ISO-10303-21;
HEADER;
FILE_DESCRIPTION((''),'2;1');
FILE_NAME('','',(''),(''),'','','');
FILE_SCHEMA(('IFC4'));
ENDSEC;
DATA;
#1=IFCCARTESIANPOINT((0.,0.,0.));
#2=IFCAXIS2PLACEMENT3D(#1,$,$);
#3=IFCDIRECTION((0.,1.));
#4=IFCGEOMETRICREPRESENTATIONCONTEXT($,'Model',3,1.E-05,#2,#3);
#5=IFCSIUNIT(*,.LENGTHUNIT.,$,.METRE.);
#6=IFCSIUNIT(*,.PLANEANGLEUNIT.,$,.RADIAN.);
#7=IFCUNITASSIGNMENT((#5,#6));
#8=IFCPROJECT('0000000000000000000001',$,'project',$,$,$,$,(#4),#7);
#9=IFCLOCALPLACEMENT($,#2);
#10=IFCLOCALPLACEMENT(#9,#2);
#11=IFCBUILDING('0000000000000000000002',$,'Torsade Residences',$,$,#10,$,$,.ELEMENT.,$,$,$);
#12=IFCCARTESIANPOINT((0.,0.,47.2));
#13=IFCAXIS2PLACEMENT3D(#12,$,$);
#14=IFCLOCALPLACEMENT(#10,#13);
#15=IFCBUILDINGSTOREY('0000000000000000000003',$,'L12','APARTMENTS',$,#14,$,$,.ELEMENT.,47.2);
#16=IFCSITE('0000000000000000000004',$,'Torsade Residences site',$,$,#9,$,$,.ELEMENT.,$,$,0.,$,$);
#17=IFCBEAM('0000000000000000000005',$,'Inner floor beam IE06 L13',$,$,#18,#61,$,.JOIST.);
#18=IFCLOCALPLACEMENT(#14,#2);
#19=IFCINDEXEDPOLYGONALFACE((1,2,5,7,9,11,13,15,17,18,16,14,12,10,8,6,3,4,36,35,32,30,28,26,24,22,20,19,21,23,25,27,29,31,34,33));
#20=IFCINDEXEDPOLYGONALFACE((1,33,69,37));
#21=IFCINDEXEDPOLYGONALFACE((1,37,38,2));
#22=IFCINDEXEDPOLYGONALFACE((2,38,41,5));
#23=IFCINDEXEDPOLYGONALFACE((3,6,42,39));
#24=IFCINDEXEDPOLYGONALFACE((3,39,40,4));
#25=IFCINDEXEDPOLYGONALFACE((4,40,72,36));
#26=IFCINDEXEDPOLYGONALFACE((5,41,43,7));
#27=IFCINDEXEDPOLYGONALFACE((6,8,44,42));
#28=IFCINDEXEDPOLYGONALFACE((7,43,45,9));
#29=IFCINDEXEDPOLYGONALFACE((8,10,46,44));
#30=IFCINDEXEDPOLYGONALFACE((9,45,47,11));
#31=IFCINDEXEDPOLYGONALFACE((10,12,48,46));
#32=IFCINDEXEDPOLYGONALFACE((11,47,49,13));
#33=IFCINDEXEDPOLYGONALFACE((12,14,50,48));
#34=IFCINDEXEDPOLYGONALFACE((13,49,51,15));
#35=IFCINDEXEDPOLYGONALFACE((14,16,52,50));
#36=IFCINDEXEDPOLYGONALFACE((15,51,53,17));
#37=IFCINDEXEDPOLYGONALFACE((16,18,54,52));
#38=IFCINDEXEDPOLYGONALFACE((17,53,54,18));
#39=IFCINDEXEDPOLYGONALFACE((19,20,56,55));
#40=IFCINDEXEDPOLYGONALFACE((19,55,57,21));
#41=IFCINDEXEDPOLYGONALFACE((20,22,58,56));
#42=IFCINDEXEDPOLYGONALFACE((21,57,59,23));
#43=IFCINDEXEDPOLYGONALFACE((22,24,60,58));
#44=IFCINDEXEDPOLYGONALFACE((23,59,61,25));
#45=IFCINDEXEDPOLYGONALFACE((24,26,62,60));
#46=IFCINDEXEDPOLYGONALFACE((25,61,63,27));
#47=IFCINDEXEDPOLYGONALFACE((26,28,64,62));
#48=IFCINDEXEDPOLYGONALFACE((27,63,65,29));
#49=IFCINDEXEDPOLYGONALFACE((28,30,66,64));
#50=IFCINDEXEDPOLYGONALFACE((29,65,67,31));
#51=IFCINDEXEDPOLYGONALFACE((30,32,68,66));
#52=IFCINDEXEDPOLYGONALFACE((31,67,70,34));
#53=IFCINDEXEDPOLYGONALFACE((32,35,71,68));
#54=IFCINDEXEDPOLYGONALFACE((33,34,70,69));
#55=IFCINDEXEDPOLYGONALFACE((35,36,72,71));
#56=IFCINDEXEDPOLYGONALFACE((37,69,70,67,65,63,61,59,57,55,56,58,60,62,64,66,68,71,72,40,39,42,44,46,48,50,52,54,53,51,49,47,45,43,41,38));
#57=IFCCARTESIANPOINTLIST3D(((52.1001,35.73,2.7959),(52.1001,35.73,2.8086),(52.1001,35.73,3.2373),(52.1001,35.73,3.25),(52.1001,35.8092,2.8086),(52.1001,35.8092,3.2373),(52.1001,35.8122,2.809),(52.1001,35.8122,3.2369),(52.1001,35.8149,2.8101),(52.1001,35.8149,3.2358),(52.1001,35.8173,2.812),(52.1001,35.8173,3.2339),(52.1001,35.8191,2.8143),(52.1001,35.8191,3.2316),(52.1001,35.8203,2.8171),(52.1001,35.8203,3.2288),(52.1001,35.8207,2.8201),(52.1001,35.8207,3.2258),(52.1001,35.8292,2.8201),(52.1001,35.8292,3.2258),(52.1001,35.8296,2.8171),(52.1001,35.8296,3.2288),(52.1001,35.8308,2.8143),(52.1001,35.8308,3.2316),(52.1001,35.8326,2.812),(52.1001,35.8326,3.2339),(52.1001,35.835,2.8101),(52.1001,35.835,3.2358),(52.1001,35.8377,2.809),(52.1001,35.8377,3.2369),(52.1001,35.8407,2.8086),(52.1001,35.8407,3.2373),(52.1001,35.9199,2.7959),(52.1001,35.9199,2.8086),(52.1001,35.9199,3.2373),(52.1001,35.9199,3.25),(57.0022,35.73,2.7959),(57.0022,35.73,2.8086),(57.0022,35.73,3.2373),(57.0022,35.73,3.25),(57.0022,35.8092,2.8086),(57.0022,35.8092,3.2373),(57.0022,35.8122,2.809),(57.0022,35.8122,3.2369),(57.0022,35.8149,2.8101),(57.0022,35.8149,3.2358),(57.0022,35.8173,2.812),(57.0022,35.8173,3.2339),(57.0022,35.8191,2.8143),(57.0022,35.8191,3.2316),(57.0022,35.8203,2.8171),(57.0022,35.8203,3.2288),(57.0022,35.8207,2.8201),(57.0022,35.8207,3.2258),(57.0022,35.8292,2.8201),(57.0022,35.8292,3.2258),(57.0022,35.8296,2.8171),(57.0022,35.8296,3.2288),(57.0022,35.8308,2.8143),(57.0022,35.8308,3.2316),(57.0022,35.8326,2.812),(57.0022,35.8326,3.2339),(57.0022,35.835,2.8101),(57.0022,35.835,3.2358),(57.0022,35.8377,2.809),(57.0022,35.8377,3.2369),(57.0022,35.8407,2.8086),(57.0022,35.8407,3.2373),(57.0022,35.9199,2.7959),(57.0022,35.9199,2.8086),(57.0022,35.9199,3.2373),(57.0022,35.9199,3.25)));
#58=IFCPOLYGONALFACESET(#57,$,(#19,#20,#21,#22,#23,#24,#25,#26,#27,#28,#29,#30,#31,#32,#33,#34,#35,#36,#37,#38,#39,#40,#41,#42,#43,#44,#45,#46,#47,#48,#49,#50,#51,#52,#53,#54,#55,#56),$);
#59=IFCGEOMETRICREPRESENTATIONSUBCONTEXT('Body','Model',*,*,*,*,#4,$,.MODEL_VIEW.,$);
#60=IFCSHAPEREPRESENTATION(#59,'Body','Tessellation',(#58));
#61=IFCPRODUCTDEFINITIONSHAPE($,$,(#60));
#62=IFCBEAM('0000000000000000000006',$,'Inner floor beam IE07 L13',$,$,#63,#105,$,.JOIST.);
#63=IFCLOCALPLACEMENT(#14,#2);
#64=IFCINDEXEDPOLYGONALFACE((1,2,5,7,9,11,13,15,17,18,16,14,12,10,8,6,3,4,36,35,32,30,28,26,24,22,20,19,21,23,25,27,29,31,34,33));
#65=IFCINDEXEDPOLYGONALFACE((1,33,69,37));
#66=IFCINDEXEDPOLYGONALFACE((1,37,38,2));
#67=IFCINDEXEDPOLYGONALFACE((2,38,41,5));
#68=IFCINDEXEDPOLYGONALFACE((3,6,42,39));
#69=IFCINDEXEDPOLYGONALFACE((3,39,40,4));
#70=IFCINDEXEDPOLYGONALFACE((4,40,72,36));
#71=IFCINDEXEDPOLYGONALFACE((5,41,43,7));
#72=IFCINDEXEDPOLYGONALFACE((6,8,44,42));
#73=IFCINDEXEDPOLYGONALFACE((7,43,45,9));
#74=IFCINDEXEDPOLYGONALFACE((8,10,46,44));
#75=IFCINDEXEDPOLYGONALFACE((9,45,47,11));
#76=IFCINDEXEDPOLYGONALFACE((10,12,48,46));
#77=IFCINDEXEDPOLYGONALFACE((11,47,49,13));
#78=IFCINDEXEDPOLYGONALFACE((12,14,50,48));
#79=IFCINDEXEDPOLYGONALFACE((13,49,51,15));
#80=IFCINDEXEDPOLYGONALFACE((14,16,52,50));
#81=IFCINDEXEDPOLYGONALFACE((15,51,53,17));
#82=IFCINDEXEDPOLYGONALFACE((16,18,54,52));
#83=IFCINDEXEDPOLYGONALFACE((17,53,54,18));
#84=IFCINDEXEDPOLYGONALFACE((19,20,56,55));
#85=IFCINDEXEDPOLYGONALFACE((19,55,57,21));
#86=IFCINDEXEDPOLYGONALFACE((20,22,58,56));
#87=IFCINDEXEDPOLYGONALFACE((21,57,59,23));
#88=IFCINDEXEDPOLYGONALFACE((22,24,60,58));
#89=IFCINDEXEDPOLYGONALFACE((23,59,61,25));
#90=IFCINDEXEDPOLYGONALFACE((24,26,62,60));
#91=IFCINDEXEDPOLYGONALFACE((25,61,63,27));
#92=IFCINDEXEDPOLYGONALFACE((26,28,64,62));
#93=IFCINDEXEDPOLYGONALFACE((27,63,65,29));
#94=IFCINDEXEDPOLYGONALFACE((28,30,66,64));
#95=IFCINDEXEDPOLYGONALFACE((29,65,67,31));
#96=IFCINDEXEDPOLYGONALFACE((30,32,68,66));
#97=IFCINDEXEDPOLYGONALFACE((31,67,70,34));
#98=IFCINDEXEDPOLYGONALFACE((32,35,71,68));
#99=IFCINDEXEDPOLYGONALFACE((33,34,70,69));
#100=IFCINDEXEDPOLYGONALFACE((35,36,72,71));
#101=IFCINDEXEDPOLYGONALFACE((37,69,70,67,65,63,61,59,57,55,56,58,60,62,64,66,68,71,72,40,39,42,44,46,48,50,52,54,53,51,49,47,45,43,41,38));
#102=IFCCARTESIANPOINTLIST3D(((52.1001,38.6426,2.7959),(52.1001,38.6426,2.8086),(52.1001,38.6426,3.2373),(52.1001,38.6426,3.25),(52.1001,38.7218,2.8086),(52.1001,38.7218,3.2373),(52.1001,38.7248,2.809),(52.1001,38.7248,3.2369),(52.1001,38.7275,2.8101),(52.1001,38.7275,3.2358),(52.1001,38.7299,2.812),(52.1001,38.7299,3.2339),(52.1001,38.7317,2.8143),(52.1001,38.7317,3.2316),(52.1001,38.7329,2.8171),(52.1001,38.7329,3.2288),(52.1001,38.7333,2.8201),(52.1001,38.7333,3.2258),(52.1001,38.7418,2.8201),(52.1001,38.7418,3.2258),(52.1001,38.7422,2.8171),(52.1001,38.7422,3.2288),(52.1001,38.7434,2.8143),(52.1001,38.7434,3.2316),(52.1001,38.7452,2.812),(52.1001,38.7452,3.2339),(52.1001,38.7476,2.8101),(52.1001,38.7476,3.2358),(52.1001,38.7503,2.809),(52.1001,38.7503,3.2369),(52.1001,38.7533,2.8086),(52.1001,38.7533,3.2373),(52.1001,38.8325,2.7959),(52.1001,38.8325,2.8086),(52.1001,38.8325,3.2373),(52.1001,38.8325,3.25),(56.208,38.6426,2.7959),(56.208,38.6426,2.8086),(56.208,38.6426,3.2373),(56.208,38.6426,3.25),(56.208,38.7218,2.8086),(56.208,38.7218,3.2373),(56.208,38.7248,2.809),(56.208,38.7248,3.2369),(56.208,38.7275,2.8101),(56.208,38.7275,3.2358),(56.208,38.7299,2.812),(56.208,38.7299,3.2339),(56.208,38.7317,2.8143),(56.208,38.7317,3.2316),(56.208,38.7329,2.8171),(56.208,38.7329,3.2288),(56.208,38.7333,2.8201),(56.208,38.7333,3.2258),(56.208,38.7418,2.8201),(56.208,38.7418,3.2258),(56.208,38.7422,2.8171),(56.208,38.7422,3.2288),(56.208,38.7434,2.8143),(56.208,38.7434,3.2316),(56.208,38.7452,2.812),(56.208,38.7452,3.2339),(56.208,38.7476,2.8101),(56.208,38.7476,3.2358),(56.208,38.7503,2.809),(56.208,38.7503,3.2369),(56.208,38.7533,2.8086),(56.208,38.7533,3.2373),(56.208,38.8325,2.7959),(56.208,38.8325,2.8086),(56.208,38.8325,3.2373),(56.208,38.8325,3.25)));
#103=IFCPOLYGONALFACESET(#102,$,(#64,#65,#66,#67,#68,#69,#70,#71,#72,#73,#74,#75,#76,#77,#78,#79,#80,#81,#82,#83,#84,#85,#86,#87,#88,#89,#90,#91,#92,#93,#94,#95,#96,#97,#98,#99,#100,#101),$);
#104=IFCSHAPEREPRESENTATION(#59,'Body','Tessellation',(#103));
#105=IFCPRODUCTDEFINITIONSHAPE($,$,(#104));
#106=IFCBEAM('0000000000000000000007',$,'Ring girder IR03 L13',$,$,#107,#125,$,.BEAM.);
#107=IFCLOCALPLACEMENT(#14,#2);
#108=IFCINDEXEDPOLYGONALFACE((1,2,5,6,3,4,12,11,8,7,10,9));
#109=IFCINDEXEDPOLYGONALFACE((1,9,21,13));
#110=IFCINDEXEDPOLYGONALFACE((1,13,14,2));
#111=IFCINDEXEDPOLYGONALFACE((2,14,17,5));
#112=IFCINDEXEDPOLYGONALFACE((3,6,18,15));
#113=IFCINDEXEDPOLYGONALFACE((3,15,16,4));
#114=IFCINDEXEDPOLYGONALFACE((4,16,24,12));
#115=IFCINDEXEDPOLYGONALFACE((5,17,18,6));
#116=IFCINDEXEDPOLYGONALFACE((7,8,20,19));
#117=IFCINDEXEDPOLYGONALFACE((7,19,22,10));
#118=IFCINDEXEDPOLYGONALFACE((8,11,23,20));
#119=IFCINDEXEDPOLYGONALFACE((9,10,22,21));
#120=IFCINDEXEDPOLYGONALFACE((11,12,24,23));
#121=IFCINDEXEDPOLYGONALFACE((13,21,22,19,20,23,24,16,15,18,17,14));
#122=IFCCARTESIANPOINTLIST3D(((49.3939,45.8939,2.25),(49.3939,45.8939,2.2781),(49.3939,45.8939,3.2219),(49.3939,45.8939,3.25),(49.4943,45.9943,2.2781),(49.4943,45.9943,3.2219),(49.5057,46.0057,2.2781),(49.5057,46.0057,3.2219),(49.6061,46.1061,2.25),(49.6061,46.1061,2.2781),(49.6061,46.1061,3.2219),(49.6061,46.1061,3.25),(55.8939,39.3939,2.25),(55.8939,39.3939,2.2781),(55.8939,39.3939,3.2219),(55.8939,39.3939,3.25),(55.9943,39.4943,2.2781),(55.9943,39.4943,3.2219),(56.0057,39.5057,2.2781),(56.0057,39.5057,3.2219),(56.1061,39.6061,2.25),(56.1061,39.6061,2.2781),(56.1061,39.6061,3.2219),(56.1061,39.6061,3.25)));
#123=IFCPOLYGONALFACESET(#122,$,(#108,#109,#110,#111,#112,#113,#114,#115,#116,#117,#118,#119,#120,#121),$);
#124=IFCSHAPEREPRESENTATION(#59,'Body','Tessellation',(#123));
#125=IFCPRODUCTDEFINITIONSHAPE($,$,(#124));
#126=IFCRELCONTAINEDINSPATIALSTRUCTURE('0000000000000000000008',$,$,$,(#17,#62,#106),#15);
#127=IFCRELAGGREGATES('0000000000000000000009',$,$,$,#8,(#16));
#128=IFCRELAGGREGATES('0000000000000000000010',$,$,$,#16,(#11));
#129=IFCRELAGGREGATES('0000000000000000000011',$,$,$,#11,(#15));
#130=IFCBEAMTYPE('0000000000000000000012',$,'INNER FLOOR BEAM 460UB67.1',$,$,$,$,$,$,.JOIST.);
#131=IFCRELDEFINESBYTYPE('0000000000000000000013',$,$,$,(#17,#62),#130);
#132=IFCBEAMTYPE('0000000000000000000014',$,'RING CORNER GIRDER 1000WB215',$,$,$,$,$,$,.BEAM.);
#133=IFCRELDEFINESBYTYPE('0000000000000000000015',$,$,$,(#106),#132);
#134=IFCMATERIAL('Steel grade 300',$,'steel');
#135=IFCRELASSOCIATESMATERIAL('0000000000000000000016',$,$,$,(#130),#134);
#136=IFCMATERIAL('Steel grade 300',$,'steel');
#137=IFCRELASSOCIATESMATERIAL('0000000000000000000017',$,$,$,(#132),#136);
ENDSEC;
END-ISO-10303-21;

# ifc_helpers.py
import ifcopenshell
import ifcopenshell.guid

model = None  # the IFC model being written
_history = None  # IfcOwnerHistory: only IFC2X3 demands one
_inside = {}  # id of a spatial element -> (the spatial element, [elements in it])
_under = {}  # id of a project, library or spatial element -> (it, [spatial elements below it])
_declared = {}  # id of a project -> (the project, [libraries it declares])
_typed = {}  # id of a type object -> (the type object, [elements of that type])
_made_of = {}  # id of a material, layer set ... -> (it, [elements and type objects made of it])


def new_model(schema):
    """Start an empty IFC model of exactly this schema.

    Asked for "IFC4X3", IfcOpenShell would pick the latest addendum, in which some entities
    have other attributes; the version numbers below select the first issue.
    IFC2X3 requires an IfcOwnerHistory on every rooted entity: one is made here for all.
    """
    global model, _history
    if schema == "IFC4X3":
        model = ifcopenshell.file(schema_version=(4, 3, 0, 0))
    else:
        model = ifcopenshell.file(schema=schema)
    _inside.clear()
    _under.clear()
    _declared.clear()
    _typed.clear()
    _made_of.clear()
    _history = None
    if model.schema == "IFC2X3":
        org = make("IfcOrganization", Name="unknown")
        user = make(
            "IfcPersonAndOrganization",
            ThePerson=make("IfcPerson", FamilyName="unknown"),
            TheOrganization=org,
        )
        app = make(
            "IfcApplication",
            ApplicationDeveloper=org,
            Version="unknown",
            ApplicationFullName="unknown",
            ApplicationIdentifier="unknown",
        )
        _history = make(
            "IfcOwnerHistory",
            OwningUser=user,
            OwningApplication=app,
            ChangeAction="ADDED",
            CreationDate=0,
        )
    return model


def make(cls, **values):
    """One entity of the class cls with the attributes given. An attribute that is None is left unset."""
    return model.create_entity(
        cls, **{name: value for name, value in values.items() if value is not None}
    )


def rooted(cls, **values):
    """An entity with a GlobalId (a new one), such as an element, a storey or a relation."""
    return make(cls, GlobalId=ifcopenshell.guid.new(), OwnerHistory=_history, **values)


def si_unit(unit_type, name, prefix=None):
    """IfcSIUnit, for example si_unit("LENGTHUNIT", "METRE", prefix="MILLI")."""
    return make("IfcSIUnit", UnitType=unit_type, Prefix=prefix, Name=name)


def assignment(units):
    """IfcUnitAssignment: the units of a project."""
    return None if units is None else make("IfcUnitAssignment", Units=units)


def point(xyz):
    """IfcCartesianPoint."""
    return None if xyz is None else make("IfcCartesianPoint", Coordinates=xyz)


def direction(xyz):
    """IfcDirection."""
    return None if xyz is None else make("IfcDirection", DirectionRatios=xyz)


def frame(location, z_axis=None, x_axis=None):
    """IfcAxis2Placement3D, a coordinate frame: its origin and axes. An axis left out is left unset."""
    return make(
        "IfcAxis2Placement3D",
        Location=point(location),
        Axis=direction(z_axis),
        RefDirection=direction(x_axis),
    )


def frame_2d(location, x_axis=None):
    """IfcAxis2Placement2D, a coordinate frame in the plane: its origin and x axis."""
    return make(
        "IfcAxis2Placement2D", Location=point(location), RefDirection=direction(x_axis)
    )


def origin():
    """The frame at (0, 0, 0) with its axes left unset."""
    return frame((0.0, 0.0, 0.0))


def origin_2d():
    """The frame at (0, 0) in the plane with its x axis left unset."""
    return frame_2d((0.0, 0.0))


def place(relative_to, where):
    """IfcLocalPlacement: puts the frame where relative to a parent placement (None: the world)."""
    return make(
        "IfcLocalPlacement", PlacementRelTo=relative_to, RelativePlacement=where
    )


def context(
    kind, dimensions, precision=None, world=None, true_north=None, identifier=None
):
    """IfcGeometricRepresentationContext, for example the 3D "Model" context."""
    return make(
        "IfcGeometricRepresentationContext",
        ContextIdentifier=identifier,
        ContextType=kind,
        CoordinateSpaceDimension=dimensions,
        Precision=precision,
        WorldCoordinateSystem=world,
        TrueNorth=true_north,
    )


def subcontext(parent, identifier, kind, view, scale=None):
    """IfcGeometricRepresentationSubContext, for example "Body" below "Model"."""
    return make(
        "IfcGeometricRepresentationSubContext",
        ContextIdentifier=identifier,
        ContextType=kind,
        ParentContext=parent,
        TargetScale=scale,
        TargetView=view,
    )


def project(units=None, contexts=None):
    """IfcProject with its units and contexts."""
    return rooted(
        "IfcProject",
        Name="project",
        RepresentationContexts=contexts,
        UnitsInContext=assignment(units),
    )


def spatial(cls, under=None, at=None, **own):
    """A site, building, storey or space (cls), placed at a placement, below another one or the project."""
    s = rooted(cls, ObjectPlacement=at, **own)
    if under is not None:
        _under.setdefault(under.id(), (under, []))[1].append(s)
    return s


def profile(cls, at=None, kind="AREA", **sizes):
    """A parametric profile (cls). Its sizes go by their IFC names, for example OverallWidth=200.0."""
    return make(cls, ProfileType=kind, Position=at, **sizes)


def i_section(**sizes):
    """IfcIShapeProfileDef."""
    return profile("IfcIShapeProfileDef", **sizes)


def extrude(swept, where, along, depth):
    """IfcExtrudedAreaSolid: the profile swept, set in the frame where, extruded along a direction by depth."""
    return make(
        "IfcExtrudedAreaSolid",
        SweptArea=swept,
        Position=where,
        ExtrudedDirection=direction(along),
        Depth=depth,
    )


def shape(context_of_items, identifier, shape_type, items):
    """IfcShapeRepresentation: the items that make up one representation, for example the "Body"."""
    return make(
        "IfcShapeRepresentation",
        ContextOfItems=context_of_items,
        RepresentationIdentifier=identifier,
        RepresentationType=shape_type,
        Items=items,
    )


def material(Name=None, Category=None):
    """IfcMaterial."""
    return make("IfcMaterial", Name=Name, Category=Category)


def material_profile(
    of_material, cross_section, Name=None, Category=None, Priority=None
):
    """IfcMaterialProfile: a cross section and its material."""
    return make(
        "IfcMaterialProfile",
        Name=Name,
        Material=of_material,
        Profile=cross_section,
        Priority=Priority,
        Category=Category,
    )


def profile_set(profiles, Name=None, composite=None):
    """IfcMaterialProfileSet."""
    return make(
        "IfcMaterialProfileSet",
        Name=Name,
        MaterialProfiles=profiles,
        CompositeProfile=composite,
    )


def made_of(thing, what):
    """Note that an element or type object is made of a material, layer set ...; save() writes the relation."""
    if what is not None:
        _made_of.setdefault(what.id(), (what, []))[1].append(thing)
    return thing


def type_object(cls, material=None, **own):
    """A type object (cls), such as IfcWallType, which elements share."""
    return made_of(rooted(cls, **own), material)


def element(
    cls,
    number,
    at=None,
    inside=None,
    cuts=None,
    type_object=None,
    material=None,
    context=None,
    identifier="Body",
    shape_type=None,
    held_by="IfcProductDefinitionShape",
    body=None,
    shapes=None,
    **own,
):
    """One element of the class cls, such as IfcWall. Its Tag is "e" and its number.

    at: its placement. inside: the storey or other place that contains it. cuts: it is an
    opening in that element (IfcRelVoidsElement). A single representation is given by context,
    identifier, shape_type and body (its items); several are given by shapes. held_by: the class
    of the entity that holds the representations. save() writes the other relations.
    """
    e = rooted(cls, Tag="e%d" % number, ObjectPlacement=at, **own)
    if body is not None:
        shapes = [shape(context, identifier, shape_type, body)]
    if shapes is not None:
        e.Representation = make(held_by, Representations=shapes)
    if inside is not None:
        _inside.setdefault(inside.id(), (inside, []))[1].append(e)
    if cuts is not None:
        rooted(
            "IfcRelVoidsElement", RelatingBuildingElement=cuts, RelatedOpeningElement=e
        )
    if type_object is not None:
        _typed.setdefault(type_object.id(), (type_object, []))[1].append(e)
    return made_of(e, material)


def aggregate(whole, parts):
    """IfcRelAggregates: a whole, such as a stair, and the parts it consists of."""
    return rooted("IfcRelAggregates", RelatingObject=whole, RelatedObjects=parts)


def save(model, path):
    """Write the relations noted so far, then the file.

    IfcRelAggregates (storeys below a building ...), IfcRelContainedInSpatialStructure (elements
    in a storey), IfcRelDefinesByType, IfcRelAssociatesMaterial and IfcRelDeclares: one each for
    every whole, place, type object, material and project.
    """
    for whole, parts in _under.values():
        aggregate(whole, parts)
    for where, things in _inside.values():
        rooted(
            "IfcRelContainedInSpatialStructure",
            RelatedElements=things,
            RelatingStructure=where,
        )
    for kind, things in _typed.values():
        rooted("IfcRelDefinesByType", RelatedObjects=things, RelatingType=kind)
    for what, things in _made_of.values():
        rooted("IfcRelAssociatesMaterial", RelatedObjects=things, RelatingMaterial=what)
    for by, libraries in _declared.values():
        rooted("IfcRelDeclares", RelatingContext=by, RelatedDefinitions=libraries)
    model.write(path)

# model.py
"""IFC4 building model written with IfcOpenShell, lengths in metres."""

from ifc_helpers import new_model, si_unit, direction, frame, origin, origin_2d, place, context, subcontext, project, spatial, i_section, extrude, material, material_profile, profile_set, type_object, element, save


model = new_model("IFC4")

# Units and contexts
model_context = context("Model", 3, precision=1e-05, world=origin(), true_north=direction((0.0, 1.0)))
body_context = subcontext(model_context, "Body", "Model", "MODEL_VIEW")
ifc_project = project(units=[si_unit("LENGTHUNIT", "METRE"), si_unit("PLANEANGLEUNIT", "RADIAN")], contexts=[model_context])

# Site, building, storey
site_placement = place(None, origin())
site = spatial("IfcSite", under=ifc_project, at=site_placement, Name="Torsade Residences site", CompositionType="ELEMENT", RefElevation=0.0)
building_placement = place(site_placement, origin())
building = spatial("IfcBuilding", under=site, at=building_placement, Name="Torsade Residences", CompositionType="ELEMENT")
storey_placement = place(building_placement, frame((0.0, 0.0, 47.2)))
storey = spatial("IfcBuildingStorey", under=building, at=storey_placement, Name="L12", Description="APARTMENTS", CompositionType="ELEMENT", Elevation=47.2)

# Beams
ifc_material_1 = material(Name="Steel grade 300", Category="steel")
ifc_material_profile_1 = material_profile(ifc_material_1, i_section(OverallWidth=0.1899, OverallDepth=0.4541, WebThickness=0.0085, FlangeThickness=0.0127, FilletRadius=0.0115, at=origin_2d()), Name="460UB67.1")
ifc_profile_set_1 = profile_set([ifc_material_profile_1], Name="Steel grade 300")
beam_type_1 = type_object("IfcBeamType", Name="INNER FLOOR BEAM 460UB67.1", PredefinedType="JOIST", material=ifc_profile_set_1)
beam_1_placement = place(storey_placement, frame((52.1001, 35.825, 3.0229), z_axis=(1.0, 0.0, 0.0), x_axis=(0.0, 1.0, 0.0)))
element("IfcBeam", 1, at=beam_1_placement, inside=storey, type_object=beam_type_1, Name="Inner floor beam IE06 L13", PredefinedType="JOIST", context=body_context, shape_type="SweptSolid", body=[
    extrude(i_section(OverallWidth=0.1899, OverallDepth=0.4541, WebThickness=0.0085, FlangeThickness=0.0127, FilletRadius=0.0115, at=origin_2d()), origin(), (0.0, 0.0, 1.0), 4.9021),
])
beam_2_placement = place(storey_placement, frame((52.1001, 38.7375, 3.0229), z_axis=(1.0, 0.0, 0.0), x_axis=(0.0, 1.0, 0.0)))
element("IfcBeam", 2, at=beam_2_placement, inside=storey, type_object=beam_type_1, Name="Inner floor beam IE07 L13", PredefinedType="JOIST", context=body_context, shape_type="SweptSolid", body=[
    extrude(i_section(OverallWidth=0.1899, OverallDepth=0.4541, WebThickness=0.0085, FlangeThickness=0.0127, FilletRadius=0.0115, at=origin_2d()), origin(), (0.0, 0.0, 1.0), 4.1079),
])
ifc_material_2 = material(Name="Steel grade 300", Category="steel")
ifc_material_profile_2 = material_profile(ifc_material_2, i_section(OverallWidth=0.3, OverallDepth=1.0, WebThickness=0.0161, FlangeThickness=0.0281, at=origin_2d()), Name="1000WB215")
ifc_profile_set_2 = profile_set([ifc_material_profile_2], Name="Steel grade 300")
beam_type_2 = type_object("IfcBeamType", Name="RING CORNER GIRDER 1000WB215", PredefinedType="BEAM", material=ifc_profile_set_2)
beam_3_placement = place(storey_placement, frame((56.0, 39.5, 2.75), z_axis=(-0.707107, 0.707107, 0.0), x_axis=(-0.707107, -0.707107, 0.0)))
element("IfcBeam", 3, at=beam_3_placement, inside=storey, type_object=beam_type_2, Name="Ring girder IR03 L13", PredefinedType="BEAM", context=body_context, shape_type="SweptSolid", body=[
    extrude(i_section(OverallWidth=0.3, OverallDepth=1.0, WebThickness=0.0161, FlangeThickness=0.0281, at=origin_2d()), origin(), (0.0, 0.0, 1.0), 9.1924),
])

save(model, "model.ifc")
